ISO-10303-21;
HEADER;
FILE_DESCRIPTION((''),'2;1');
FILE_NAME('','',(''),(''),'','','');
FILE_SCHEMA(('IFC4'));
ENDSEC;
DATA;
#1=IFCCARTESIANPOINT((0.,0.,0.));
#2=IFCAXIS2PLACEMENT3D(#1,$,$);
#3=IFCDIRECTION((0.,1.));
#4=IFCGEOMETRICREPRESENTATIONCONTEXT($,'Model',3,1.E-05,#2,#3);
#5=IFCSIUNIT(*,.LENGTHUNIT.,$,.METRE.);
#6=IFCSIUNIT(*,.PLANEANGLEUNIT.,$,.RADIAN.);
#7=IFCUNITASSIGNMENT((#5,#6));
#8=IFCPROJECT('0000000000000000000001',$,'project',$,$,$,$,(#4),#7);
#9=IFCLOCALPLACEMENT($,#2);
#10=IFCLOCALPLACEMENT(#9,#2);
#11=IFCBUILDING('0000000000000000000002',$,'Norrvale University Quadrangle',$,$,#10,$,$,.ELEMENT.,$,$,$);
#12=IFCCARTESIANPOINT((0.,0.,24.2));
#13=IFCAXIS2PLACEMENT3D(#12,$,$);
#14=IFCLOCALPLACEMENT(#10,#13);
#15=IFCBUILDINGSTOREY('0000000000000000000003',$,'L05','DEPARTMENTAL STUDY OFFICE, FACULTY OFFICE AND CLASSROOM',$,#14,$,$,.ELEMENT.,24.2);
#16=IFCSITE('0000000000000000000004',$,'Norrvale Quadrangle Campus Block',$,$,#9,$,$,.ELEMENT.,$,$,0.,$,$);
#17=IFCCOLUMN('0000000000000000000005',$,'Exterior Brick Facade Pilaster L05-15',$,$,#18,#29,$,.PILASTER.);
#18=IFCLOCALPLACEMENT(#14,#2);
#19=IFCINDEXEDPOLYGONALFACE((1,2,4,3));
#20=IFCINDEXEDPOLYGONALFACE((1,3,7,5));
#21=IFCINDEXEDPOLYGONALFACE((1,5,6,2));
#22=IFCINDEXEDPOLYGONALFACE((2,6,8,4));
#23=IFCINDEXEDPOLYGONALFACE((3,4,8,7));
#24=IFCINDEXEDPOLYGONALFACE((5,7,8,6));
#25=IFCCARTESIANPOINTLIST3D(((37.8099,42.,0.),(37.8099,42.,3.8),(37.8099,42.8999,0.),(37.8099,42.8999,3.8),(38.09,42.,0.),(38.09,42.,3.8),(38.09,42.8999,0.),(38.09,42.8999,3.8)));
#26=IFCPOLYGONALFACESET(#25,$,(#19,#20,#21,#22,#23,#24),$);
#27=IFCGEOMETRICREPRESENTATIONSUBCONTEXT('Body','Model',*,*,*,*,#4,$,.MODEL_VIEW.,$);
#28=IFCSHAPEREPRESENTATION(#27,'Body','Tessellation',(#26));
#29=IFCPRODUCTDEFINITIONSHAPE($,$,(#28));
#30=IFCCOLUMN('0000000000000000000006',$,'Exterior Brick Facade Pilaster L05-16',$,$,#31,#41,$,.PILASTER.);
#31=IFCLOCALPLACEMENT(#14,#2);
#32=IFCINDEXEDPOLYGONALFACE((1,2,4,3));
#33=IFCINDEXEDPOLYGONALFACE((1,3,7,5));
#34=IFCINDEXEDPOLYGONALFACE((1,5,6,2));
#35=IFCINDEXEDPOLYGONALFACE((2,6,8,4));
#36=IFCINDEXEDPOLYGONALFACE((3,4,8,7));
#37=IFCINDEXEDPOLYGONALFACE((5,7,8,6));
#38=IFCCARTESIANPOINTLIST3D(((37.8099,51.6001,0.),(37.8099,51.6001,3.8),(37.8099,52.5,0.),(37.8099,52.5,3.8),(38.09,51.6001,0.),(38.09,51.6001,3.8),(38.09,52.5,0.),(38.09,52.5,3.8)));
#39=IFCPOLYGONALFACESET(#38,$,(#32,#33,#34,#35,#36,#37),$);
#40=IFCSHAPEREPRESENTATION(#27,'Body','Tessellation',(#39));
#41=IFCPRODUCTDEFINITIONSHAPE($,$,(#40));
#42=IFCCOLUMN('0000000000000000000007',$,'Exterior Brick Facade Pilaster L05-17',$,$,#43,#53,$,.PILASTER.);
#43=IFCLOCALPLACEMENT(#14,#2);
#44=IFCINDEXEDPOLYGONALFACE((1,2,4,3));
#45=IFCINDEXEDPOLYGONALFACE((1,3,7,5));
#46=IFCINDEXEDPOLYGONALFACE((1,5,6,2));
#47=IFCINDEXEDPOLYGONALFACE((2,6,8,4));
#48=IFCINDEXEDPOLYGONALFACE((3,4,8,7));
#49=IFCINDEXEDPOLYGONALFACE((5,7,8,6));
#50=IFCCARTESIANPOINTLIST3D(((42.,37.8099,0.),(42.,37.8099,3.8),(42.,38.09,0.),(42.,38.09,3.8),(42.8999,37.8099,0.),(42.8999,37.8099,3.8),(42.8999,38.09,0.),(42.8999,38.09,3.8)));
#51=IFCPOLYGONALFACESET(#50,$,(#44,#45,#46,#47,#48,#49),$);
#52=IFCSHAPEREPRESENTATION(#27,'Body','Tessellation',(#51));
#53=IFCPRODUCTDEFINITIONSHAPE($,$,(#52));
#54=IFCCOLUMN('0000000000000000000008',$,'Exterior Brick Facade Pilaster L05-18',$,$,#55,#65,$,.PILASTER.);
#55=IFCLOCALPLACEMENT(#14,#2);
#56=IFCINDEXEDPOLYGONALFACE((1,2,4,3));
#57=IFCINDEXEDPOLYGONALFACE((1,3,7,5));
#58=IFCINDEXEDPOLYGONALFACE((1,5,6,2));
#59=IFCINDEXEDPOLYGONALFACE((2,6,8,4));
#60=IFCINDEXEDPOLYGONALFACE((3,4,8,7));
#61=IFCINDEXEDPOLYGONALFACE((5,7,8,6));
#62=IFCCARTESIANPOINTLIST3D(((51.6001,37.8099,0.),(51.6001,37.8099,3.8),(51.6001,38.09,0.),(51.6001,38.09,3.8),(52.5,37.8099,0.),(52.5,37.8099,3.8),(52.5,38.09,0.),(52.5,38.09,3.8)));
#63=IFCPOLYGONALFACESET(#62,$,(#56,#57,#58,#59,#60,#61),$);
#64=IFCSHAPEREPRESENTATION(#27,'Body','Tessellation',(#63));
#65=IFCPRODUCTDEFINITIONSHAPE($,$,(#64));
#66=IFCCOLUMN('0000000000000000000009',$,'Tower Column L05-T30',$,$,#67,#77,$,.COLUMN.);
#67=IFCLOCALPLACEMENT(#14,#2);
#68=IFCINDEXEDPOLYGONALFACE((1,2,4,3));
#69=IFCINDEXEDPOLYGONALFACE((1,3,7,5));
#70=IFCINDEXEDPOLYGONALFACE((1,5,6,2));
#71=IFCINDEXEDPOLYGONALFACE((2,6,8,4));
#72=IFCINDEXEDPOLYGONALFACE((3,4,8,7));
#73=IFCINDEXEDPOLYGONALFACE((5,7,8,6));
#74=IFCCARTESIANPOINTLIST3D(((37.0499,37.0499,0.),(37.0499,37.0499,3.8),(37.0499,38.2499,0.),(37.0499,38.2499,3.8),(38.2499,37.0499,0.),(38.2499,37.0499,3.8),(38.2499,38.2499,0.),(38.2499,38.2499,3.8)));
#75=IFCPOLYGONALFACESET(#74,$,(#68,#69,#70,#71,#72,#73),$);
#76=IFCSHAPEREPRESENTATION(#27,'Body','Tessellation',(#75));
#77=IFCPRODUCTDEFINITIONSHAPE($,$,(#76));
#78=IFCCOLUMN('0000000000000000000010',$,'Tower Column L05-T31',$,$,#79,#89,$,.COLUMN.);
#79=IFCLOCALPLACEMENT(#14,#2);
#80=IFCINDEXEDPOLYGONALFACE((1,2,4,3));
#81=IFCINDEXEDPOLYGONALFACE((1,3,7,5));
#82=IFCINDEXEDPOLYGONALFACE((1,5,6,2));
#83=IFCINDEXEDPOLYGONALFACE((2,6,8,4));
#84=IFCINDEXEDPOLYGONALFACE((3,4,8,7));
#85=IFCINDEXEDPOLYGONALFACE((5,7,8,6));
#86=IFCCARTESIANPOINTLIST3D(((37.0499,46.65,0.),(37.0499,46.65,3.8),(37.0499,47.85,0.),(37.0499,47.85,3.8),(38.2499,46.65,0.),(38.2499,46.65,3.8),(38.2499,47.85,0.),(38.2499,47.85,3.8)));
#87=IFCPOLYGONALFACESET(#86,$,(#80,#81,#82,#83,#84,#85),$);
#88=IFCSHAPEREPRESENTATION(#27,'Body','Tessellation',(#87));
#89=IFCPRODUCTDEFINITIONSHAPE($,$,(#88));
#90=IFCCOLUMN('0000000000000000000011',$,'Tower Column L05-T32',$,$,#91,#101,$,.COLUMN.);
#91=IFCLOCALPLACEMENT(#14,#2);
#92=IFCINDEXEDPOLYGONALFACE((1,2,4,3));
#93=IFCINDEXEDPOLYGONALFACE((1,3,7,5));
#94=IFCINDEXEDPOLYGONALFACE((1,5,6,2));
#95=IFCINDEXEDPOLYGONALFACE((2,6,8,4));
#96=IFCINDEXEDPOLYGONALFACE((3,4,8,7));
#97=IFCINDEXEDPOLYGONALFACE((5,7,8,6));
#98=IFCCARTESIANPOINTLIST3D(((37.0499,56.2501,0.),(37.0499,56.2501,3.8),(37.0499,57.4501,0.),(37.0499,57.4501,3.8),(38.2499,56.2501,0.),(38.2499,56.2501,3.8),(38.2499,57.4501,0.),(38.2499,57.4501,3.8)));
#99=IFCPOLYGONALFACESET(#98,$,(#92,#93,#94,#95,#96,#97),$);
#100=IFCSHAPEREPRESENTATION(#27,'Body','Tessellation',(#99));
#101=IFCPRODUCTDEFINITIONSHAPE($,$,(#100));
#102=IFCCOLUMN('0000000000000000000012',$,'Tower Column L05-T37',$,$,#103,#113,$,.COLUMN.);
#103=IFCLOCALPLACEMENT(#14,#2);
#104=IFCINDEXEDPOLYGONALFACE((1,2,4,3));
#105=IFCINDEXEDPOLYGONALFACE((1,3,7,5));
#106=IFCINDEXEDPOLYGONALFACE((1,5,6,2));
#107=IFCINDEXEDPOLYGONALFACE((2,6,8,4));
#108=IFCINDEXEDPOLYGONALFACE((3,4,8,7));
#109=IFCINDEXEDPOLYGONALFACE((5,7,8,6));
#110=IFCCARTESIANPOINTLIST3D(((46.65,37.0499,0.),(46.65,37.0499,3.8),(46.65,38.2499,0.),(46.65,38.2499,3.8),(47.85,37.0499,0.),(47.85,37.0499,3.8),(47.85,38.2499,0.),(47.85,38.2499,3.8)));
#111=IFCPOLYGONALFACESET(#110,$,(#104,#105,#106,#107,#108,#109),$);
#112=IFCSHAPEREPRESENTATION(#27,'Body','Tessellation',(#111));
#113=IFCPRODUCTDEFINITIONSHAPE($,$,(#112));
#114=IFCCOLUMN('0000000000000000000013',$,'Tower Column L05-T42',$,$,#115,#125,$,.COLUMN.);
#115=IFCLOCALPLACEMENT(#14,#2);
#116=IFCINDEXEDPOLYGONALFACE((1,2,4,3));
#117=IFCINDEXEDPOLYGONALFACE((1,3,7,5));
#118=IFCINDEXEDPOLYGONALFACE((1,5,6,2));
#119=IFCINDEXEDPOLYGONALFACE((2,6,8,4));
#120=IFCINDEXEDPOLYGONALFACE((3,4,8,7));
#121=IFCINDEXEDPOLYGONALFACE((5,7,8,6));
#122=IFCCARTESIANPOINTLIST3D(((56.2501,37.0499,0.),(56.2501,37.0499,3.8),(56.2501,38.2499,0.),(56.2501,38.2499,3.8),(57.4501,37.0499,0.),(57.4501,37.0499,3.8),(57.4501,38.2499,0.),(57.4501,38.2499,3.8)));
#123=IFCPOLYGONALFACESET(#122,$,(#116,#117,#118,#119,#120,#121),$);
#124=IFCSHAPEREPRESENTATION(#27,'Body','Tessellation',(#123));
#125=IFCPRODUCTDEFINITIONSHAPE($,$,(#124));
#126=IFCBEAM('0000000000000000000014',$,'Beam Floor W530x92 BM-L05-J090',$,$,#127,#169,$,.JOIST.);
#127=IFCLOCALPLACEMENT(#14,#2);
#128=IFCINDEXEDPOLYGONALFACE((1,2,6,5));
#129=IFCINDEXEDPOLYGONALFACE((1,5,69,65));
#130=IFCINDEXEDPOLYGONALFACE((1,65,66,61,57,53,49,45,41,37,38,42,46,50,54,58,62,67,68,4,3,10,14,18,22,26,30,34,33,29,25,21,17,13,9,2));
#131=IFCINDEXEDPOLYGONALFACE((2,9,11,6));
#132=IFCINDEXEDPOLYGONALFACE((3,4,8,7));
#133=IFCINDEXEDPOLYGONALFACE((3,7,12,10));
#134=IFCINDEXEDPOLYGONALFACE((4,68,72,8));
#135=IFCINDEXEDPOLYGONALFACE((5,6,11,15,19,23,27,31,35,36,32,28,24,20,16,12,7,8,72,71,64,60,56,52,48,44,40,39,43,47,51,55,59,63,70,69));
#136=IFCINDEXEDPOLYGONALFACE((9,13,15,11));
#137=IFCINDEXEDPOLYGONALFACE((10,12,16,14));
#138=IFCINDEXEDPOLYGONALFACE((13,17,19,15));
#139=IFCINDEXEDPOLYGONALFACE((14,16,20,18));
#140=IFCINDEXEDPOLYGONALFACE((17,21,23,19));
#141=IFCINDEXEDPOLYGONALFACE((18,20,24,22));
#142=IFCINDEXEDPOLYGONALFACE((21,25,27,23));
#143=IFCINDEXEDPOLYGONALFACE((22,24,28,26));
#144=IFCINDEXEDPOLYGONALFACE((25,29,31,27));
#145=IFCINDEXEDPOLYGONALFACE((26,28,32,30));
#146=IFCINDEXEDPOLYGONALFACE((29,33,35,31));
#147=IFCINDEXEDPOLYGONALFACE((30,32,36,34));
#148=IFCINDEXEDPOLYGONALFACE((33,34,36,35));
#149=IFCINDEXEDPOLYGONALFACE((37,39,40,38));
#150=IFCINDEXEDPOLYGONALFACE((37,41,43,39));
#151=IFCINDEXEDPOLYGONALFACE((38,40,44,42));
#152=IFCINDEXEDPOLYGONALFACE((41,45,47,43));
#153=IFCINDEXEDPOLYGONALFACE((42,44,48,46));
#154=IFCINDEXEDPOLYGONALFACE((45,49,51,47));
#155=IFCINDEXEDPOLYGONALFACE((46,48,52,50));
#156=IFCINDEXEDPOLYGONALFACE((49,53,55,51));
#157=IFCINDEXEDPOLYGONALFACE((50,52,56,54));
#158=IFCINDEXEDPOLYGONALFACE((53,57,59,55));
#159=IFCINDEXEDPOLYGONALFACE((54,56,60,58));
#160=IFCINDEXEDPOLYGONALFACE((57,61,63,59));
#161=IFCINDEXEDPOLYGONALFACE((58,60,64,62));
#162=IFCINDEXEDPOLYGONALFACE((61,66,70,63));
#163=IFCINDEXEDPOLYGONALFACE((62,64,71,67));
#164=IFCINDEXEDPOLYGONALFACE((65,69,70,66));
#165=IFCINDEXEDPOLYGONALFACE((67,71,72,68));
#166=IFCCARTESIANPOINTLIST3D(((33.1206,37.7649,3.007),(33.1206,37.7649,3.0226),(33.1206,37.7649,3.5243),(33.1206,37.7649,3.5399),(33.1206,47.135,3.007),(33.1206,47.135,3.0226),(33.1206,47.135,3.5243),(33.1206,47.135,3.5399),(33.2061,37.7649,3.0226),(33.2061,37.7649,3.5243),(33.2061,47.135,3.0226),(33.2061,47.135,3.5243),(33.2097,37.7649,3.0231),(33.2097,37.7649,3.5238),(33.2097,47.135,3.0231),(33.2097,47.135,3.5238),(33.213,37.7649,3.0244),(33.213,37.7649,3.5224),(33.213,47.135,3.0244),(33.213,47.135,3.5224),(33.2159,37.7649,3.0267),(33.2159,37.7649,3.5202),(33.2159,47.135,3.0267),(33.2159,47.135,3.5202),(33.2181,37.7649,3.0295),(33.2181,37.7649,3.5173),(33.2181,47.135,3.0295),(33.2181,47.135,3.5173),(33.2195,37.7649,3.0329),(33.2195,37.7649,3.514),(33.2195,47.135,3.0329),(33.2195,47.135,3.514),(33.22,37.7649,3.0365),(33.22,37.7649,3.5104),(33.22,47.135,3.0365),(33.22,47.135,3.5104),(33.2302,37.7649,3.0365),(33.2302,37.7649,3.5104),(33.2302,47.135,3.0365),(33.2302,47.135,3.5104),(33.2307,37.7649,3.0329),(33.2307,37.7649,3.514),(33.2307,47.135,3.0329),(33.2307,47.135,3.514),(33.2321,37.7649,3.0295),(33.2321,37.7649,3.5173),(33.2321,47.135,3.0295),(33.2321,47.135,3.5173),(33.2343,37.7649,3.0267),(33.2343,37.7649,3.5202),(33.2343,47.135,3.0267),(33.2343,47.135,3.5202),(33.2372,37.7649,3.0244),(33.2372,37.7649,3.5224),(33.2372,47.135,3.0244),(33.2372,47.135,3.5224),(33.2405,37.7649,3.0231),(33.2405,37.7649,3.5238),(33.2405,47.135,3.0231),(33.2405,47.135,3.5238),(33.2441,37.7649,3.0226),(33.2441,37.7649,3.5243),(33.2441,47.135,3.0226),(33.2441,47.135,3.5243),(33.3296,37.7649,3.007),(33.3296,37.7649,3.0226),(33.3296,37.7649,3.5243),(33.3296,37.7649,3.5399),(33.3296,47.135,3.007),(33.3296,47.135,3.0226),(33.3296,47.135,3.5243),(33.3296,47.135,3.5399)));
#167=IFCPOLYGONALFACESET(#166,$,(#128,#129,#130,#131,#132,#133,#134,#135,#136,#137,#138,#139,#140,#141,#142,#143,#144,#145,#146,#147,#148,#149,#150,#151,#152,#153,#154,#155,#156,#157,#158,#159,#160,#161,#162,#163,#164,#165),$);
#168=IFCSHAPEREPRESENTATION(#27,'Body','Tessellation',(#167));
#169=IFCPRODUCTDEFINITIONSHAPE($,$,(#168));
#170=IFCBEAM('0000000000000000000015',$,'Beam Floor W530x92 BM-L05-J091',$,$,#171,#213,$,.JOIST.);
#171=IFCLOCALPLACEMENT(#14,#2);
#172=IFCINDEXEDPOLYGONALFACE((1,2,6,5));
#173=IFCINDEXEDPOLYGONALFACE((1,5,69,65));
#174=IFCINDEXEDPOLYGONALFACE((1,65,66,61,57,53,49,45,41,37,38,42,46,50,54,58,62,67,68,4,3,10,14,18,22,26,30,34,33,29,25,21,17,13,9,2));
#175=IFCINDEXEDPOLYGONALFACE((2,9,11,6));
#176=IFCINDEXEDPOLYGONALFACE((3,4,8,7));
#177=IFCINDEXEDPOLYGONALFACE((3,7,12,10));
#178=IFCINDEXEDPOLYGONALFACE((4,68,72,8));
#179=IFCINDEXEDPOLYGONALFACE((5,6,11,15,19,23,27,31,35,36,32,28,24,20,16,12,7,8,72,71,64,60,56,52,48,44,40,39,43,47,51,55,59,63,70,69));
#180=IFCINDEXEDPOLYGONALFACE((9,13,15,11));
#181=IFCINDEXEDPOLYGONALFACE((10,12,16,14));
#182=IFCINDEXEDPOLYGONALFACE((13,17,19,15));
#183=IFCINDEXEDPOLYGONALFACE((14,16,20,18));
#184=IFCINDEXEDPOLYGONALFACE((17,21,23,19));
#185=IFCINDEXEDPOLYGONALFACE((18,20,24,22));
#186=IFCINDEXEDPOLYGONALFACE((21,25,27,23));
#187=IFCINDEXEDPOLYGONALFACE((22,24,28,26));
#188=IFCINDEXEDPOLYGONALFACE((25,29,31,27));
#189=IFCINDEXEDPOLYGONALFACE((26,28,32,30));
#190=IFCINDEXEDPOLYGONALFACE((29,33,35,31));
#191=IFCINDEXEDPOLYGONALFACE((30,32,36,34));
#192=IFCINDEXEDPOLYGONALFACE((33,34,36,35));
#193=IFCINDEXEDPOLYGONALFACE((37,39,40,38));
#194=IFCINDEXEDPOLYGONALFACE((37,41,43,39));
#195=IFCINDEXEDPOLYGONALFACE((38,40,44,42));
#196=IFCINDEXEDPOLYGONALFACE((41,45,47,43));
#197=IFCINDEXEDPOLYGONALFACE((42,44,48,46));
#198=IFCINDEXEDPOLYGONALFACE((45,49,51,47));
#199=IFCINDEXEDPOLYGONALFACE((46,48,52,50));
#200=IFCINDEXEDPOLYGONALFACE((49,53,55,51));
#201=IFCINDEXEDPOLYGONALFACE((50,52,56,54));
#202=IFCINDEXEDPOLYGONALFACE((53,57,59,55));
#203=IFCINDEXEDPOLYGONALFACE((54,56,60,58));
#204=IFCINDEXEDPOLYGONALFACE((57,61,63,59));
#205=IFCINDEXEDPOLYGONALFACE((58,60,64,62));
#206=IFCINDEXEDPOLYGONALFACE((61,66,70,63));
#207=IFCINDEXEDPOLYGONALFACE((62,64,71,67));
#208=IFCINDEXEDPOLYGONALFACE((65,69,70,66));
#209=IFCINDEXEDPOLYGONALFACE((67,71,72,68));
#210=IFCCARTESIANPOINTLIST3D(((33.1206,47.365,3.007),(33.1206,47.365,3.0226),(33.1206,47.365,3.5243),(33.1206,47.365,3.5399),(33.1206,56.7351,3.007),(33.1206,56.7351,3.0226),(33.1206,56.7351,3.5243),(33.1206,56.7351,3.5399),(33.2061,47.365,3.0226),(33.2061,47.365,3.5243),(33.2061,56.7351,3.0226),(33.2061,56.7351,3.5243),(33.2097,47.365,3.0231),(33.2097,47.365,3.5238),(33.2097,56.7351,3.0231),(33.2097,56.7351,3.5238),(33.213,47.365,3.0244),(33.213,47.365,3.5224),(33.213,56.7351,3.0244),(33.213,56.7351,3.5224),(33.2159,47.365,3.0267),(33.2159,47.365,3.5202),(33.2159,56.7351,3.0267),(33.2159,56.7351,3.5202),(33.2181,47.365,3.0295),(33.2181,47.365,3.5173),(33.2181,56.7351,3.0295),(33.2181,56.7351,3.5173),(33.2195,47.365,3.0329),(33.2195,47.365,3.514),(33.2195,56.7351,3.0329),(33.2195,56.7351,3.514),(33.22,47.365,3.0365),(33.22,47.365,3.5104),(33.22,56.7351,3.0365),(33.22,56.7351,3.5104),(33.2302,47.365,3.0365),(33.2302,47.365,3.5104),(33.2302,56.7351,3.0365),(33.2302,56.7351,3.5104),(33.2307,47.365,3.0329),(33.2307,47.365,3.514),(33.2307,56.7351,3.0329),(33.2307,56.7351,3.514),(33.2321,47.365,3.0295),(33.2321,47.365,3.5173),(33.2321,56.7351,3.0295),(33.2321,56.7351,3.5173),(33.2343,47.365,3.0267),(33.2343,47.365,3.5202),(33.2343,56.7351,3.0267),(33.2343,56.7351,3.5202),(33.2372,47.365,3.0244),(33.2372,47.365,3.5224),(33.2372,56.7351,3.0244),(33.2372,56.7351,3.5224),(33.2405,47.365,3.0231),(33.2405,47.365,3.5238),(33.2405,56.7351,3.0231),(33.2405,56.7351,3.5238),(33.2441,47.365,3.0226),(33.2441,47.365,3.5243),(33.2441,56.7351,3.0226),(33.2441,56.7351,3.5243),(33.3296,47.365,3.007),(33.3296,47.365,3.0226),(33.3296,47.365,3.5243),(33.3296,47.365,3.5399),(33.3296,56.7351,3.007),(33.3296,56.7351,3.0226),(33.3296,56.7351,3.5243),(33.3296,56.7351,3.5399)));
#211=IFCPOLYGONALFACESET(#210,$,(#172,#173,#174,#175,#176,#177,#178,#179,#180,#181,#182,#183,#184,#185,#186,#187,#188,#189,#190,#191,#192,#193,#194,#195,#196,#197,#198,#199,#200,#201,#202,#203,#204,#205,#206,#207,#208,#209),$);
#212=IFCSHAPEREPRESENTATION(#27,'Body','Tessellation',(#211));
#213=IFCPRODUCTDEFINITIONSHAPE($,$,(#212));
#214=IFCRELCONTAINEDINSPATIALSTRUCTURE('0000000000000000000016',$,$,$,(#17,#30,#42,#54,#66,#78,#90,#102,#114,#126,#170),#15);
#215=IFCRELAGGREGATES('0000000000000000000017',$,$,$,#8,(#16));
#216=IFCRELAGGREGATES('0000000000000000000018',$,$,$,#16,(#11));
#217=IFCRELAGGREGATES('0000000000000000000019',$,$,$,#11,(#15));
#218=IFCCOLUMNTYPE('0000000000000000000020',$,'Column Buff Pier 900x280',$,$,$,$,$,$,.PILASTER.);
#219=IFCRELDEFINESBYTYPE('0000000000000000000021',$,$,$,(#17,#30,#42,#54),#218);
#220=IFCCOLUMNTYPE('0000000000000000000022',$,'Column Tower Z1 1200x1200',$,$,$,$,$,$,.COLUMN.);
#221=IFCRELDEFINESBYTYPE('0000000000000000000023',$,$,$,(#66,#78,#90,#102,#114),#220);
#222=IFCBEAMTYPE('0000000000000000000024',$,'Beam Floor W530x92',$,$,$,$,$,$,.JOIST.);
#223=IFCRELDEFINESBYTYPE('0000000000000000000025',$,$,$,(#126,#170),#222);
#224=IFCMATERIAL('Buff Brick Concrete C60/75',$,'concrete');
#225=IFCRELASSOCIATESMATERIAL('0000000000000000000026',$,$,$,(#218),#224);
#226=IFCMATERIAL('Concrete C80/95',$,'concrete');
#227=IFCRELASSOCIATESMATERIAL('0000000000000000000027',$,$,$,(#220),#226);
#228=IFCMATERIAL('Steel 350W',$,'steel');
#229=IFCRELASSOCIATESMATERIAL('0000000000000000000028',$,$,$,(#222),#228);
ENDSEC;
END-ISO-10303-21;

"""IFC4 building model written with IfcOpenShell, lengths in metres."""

from ifc_helpers import new_model, si_unit, direction, frame, origin, origin_2d, place, context, subcontext, project, spatial, rectangle, i_section, extrude, material, material_profile, profile_set, type_object, element, save


model = new_model("IFC4")

# Units and contexts
model_context = context("Model", 3, precision=1e-05, world=origin(), true_north=direction((0.0, 1.0)))
body_context = subcontext(model_context, "Body", "Model", "MODEL_VIEW")
ifc_project = project(units=[si_unit("LENGTHUNIT", "METRE"), si_unit("PLANEANGLEUNIT", "RADIAN")], contexts=[model_context])

# Site, building, storey
site_placement = place(None, origin())
site = spatial("IfcSite", under=ifc_project, at=site_placement, Name="Norrvale Quadrangle Campus Block", CompositionType="ELEMENT", RefElevation=0.0)
building_placement = place(site_placement, origin())
building = spatial("IfcBuilding", under=site, at=building_placement, Name="Norrvale University Quadrangle", CompositionType="ELEMENT")
storey_placement = place(building_placement, frame((0.0, 0.0, 24.2)))
storey = spatial("IfcBuildingStorey", under=building, at=storey_placement, Name="L05", Description="DEPARTMENTAL STUDY OFFICE, FACULTY OFFICE AND CLASSROOM", CompositionType="ELEMENT", Elevation=24.2)

# Columns
ifc_material_1 = material(Name="Buff Brick Concrete C60/75", Category="concrete")
ifc_material_profile_1 = material_profile(ifc_material_1, rectangle(XDim=0.8999, YDim=0.28, at=origin_2d()), Name="Buff Brick Concrete C60/75")
ifc_profile_set_1 = profile_set([ifc_material_profile_1], Name="Buff Brick Concrete C60/75")
column_type_1 = type_object("IfcColumnType", Name="Column Buff Pier 900x280", PredefinedType="PILASTER", material=ifc_profile_set_1)
for number, where, z_axis, x_axis, name in (
    (1, (37.95, 42.45, 0.0), (0.0, 0.0, 1.0), (0.0, 1.0, 0.0), "Exterior Brick Facade Pilaster L05-15"),
    (2, (37.95, 52.05, 0.0), (0.0, 0.0, 1.0), (0.0, 1.0, 0.0), "Exterior Brick Facade Pilaster L05-16"),
    (3, (42.45, 37.95, 0.0), (0.0, 0.0, 1.0), (1.0, 0.0, 0.0), "Exterior Brick Facade Pilaster L05-17"),
    (4, (52.05, 37.95, 0.0), (0.0, 0.0, 1.0), (1.0, 0.0, 0.0), "Exterior Brick Facade Pilaster L05-18"),
):
    element("IfcColumn", number, at=place(storey_placement, frame(where, z_axis=z_axis, x_axis=x_axis)), inside=storey, type_object=column_type_1, Name=name, PredefinedType="PILASTER", context=body_context, shape_type="SweptSolid", body=[
        extrude(rectangle(XDim=0.8999, YDim=0.28, at=origin_2d()), origin(), (0.0, 0.0, 1.0), 3.8),
    ])
ifc_material_2 = material(Name="Concrete C80/95", Category="concrete")
ifc_material_profile_2 = material_profile(ifc_material_2, rectangle(XDim=1.2, YDim=1.2, at=origin_2d()), Name="Concrete C80/95")
ifc_profile_set_2 = profile_set([ifc_material_profile_2], Name="Concrete C80/95")
column_type_2 = type_object("IfcColumnType", Name="Column Tower Z1 1200x1200", PredefinedType="COLUMN", material=ifc_profile_set_2)
for number, where, z_axis, x_axis, name in (
    (5, (37.6499, 37.6499, 0.0), (0.0, 0.0, 1.0), (1.0, 0.0, 0.0), "Tower Column L05-T30"),
    (6, (37.6499, 47.25, 0.0), (0.0, 0.0, 1.0), (1.0, 0.0, 0.0), "Tower Column L05-T31"),
    (7, (37.6499, 56.8501, 0.0), (0.0, 0.0, 1.0), (1.0, 0.0, 0.0), "Tower Column L05-T32"),
    (8, (47.25, 37.6499, 0.0), (0.0, 0.0, 1.0), (1.0, 0.0, 0.0), "Tower Column L05-T37"),
    (9, (56.8501, 37.6499, 0.0), (0.0, 0.0, 1.0), (1.0, 0.0, 0.0), "Tower Column L05-T42"),
):
    element("IfcColumn", number, at=place(storey_placement, frame(where, z_axis=z_axis, x_axis=x_axis)), inside=storey, type_object=column_type_2, Name=name, PredefinedType="COLUMN", context=body_context, shape_type="SweptSolid", body=[
        extrude(rectangle(XDim=1.2, YDim=1.2, at=origin_2d()), origin(), (0.0, 0.0, 1.0), 3.8),
    ])

# Beams
ifc_material_3 = material(Name="Steel 350W", Category="steel")
ifc_material_profile_3 = material_profile(ifc_material_3, i_section(OverallWidth=0.209, OverallDepth=0.533, WebThickness=0.0103, FlangeThickness=0.0156, FilletRadius=0.0139, at=origin_2d()), Name="Steel 350W")
ifc_profile_set_3 = profile_set([ifc_material_profile_3], Name="Steel 350W")
beam_type_1 = type_object("IfcBeamType", Name="Beam Floor W530x92", PredefinedType="JOIST", material=ifc_profile_set_3)
for number, where, z_axis, x_axis, name in (
    (10, (33.2251, 37.7649, 3.2734), (0.0, 1.0, 0.0), (-1.0, 0.0, 0.0), "Beam Floor W530x92 BM-L05-J090"),
    (11, (33.2251, 47.365, 3.2734), (0.0, 1.0, 0.0), (-1.0, 0.0, 0.0), "Beam Floor W530x92 BM-L05-J091"),
):
    element("IfcBeam", number, at=place(storey_placement, frame(where, z_axis=z_axis, x_axis=x_axis)), inside=storey, type_object=beam_type_1, Name=name, PredefinedType="JOIST", context=body_context, shape_type="SweptSolid", body=[
        extrude(i_section(OverallWidth=0.209, OverallDepth=0.533, WebThickness=0.0103, FlangeThickness=0.0156, FilletRadius=0.0139, at=origin_2d()), origin(), (0.0, 0.0, 1.0), 9.3701),
    ])

save(model, "model.ifc")
